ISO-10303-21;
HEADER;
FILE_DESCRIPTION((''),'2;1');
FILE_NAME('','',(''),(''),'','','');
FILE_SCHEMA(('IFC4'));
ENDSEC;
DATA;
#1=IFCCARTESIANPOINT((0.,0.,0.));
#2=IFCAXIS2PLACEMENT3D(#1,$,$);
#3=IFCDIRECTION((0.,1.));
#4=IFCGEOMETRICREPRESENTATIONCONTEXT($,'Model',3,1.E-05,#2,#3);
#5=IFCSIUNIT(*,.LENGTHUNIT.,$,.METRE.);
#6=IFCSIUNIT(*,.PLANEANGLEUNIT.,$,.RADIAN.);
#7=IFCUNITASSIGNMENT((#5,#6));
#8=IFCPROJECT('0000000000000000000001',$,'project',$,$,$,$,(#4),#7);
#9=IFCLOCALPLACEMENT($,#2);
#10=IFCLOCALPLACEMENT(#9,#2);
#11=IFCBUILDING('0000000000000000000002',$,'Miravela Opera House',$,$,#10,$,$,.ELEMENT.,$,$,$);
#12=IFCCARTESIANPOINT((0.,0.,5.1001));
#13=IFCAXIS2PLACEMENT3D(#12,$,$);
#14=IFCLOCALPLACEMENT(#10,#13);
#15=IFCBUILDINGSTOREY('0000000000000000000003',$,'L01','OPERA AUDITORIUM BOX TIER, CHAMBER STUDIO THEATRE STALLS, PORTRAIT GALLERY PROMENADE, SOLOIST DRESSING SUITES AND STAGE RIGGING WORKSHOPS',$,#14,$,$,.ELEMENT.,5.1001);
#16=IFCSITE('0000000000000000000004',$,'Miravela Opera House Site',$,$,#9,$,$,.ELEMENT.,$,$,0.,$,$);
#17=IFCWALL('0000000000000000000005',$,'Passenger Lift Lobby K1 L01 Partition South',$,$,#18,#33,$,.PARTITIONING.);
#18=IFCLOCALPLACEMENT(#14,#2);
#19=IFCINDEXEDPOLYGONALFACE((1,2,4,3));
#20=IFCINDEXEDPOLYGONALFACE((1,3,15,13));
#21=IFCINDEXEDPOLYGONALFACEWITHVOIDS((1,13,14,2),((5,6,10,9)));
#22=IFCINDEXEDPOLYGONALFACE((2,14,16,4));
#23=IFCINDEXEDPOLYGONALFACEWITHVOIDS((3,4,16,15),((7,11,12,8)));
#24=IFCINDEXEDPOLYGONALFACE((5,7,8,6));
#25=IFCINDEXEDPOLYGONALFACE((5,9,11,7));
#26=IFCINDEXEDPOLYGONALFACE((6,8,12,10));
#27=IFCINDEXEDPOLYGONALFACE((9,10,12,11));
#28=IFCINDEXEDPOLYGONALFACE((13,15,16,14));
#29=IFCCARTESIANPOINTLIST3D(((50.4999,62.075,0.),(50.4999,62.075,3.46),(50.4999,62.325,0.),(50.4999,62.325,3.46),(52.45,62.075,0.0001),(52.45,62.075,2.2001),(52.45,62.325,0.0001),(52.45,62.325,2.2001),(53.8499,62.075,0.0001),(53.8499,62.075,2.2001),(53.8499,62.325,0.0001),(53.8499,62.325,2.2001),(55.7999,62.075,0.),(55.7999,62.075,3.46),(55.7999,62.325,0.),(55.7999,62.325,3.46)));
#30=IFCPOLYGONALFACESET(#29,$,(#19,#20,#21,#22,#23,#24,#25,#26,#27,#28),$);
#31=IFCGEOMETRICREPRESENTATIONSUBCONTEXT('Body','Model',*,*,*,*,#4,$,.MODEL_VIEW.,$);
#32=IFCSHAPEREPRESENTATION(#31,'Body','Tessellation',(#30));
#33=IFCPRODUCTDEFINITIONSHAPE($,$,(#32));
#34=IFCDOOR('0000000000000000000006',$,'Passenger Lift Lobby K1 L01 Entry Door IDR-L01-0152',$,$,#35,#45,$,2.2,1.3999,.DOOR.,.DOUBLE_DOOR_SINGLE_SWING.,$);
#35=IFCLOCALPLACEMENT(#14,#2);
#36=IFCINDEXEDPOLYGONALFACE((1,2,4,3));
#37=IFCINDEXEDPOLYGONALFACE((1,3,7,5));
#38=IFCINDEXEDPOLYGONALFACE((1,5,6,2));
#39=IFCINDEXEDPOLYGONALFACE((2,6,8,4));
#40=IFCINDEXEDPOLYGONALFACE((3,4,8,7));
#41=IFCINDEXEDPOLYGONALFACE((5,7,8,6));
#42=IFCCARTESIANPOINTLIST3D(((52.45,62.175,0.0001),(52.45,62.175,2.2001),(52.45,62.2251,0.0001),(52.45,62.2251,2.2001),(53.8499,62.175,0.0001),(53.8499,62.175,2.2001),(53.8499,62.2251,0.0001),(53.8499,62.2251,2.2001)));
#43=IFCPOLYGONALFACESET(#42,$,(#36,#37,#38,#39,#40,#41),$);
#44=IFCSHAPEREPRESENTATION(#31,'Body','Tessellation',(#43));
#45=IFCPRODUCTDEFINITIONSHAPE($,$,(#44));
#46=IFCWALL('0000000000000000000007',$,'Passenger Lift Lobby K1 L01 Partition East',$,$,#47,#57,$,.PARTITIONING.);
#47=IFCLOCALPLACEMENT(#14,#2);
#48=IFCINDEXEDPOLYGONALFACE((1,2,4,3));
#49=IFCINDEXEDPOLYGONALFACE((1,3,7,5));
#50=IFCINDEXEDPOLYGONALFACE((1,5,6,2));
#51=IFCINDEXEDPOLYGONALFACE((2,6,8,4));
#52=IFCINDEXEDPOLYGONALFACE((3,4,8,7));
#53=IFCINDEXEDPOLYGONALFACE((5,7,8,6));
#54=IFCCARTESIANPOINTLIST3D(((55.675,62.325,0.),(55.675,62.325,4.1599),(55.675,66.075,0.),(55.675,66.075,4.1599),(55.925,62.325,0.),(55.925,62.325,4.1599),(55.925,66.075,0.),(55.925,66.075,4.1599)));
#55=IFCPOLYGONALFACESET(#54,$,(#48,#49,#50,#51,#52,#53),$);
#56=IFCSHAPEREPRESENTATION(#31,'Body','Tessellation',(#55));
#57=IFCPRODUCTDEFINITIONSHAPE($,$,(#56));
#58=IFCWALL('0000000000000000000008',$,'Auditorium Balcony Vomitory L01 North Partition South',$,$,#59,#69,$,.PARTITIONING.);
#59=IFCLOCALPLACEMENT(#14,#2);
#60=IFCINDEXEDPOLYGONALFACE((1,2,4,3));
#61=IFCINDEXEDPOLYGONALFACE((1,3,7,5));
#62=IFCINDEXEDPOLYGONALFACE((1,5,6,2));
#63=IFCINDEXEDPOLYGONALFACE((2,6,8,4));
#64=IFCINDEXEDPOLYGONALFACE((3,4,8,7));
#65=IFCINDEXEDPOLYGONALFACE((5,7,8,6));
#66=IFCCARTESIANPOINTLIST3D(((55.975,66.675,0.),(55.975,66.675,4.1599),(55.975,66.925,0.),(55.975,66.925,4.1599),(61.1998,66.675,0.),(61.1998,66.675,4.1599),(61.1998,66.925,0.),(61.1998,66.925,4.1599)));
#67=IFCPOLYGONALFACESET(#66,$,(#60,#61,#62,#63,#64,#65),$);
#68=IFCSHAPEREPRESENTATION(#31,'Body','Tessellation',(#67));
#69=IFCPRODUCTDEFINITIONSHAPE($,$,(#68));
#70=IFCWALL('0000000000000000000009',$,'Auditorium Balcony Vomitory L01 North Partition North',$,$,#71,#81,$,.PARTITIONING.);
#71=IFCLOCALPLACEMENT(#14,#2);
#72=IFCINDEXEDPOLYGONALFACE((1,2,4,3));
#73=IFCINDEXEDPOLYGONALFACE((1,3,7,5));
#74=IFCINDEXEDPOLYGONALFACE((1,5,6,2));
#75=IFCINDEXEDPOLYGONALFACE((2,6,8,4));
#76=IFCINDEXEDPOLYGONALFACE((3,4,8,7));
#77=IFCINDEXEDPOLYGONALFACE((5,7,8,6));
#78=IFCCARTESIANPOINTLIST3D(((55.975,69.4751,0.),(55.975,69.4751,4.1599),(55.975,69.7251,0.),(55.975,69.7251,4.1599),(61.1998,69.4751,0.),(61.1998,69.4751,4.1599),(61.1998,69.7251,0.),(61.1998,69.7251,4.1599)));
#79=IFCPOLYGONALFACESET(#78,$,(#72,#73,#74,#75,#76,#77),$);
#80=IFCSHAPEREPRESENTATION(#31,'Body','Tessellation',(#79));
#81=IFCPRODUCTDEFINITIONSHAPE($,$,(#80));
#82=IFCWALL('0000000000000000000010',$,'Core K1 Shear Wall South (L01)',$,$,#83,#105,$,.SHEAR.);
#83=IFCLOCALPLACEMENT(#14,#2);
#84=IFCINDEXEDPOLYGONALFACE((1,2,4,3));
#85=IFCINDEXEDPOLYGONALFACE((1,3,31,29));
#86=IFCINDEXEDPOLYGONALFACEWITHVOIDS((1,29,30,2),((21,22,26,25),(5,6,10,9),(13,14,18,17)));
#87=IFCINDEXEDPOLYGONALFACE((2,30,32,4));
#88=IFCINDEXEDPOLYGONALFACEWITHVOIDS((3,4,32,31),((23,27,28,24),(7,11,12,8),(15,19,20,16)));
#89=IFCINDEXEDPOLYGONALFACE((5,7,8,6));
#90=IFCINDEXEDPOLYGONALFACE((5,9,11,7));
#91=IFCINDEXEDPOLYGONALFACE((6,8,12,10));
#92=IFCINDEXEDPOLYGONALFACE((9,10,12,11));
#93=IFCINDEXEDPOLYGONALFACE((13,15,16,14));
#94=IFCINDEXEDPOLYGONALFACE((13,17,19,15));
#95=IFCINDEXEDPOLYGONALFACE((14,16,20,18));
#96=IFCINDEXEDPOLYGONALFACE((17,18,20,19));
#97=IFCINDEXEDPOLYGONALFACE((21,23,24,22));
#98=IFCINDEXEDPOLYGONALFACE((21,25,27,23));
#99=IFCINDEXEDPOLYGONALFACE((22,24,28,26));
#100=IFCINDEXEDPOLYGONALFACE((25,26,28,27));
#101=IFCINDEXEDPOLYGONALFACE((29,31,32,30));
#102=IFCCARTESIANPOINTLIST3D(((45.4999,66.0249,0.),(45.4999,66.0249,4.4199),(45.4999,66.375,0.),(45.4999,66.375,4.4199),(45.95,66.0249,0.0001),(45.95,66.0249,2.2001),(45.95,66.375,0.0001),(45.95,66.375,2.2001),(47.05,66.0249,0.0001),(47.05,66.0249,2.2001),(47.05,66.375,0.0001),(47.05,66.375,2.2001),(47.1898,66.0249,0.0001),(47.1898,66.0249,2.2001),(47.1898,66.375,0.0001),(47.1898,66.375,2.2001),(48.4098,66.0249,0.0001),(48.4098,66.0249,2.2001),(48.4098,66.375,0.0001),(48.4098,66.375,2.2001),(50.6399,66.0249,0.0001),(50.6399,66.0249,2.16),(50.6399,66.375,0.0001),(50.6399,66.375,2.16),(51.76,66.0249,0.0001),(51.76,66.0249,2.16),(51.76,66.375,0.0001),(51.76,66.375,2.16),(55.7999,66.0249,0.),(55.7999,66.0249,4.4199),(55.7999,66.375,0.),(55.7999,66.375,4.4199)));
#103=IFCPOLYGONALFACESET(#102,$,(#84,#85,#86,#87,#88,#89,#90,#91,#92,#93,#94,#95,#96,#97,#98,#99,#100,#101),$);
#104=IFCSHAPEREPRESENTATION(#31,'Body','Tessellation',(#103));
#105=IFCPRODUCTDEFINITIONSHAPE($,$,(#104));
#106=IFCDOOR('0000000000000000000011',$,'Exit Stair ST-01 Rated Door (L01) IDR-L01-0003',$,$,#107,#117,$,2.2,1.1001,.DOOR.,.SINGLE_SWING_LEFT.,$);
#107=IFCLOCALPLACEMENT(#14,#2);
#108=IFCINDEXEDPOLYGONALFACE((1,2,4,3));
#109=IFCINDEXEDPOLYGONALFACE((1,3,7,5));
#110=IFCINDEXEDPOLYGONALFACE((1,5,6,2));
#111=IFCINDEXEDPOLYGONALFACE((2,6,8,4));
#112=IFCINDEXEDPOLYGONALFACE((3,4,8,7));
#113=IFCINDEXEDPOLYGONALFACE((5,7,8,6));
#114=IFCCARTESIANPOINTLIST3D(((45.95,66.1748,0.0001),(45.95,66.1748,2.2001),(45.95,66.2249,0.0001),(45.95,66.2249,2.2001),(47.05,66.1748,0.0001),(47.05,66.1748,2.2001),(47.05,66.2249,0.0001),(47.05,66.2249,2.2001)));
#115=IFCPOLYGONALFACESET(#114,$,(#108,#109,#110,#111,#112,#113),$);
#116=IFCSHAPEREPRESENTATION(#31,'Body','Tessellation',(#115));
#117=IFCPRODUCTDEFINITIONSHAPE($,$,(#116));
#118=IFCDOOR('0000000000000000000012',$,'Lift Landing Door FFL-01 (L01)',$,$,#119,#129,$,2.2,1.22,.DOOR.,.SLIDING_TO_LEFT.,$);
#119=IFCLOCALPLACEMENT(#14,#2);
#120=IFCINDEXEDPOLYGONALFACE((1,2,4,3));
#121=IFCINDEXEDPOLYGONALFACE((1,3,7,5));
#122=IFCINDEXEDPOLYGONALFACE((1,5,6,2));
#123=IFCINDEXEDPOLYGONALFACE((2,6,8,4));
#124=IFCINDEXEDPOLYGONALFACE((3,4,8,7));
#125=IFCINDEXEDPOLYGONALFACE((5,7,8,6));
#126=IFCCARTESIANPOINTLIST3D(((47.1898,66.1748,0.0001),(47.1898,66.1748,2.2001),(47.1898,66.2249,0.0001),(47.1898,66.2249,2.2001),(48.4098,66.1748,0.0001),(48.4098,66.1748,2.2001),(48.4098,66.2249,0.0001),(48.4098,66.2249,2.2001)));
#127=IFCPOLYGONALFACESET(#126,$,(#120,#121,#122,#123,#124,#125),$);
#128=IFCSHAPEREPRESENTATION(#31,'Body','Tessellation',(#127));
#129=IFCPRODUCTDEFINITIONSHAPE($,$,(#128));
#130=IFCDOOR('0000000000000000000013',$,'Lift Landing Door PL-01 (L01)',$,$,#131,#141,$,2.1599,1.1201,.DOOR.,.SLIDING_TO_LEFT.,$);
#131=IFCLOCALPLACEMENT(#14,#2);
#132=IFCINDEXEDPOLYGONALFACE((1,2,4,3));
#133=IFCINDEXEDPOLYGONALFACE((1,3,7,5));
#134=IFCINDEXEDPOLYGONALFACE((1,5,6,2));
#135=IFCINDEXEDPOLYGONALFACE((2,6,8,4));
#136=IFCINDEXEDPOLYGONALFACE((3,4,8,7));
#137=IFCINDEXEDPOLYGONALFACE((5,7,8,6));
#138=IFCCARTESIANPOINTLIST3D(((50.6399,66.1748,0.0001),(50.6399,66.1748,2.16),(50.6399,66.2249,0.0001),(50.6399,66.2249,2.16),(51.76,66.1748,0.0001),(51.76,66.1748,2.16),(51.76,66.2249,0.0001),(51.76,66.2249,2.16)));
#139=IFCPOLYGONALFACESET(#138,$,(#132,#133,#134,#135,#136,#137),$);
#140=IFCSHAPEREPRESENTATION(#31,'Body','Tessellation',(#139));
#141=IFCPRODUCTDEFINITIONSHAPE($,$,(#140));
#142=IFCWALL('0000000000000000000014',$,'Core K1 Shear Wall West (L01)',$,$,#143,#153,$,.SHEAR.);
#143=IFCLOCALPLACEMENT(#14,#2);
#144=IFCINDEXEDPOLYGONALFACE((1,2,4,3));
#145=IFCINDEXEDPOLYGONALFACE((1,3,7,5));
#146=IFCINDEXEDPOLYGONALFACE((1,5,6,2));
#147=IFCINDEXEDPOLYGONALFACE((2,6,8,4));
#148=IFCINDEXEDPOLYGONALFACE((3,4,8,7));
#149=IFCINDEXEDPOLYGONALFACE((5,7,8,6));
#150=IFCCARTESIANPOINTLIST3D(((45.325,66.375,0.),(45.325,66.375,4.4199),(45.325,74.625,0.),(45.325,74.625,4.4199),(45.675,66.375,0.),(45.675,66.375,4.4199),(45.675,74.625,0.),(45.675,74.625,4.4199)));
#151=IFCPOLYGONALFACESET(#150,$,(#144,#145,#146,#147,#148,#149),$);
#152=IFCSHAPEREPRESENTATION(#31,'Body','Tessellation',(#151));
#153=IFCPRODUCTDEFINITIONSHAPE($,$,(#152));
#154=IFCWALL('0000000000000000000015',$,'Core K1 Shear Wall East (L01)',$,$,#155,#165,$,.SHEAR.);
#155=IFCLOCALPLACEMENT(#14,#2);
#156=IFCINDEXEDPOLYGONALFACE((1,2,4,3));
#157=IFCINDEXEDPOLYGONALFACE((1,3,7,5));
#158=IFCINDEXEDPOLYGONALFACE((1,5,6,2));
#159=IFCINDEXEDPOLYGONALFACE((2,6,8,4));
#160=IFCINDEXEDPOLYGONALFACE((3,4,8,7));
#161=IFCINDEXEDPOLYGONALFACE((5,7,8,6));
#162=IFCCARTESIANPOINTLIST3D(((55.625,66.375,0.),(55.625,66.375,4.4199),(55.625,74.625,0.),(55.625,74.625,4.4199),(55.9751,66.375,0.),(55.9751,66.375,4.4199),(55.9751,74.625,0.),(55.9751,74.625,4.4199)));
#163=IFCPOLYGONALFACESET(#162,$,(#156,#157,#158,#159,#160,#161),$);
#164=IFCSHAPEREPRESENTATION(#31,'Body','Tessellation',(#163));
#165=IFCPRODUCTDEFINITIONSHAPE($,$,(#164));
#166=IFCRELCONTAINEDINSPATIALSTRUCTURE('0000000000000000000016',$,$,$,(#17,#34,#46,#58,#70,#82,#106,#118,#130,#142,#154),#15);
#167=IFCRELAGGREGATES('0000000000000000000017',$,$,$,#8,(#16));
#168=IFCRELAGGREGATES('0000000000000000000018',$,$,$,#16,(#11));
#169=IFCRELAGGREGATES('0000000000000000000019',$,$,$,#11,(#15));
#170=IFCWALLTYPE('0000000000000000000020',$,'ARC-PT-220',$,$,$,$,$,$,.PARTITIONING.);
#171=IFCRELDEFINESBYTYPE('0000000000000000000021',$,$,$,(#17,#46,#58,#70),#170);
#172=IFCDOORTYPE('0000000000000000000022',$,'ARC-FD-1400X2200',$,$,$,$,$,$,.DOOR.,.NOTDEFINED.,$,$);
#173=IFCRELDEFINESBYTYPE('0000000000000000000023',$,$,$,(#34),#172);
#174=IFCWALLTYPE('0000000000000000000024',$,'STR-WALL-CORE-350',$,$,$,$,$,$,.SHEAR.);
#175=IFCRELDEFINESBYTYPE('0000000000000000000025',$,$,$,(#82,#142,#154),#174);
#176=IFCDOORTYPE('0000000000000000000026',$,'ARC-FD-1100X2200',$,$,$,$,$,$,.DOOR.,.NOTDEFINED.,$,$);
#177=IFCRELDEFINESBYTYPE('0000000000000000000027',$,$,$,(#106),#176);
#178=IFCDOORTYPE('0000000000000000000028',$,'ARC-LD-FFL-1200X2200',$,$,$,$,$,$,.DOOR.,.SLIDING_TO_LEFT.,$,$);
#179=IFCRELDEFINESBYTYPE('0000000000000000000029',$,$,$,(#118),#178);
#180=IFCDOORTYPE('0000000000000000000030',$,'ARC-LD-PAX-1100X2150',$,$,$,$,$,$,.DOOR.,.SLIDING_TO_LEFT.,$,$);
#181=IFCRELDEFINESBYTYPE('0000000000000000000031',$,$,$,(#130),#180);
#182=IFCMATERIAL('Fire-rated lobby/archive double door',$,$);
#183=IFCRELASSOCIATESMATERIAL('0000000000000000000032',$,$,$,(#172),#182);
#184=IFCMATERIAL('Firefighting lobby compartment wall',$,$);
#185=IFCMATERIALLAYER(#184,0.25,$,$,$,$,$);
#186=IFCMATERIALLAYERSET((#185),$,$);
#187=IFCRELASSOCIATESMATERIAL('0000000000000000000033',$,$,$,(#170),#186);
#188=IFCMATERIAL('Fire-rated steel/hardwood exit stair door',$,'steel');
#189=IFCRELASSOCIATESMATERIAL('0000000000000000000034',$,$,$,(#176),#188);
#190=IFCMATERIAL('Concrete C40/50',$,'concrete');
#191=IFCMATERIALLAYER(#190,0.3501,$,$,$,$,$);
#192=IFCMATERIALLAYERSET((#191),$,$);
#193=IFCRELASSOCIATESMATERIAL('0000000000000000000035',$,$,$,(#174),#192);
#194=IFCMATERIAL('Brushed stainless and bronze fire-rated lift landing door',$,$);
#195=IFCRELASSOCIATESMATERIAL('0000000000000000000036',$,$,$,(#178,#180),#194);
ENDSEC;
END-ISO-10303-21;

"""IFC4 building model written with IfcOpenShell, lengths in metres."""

from ifc_helpers import new_model, si_unit, direction, frame, frame_2d, origin, place, context, subcontext, project, spatial, rectangle, extrude, material, layer, layer_set, type_object, element, fill, save


model = new_model("IFC4")

# Units and contexts
model_context = context("Model", 3, precision=1e-05, world=origin(), true_north=direction((0.0, 1.0)))
body_context = subcontext(model_context, "Body", "Model", "MODEL_VIEW")
ifc_project = project(units=[si_unit("LENGTHUNIT", "METRE"), si_unit("PLANEANGLEUNIT", "RADIAN")], contexts=[model_context])

# Site, building, storey
site_placement = place(None, origin())
site = spatial("IfcSite", under=ifc_project, at=site_placement, Name="Miravela Opera House Site", CompositionType="ELEMENT", RefElevation=0.0)
building_placement = place(site_placement, origin())
building = spatial("IfcBuilding", under=site, at=building_placement, Name="Miravela Opera House", CompositionType="ELEMENT")
storey_placement = place(building_placement, frame((0.0, 0.0, 5.1001)))
storey = spatial("IfcBuildingStorey", under=building, at=storey_placement, Name="L01", Description="OPERA AUDITORIUM BOX TIER, CHAMBER STUDIO THEATRE STALLS, PORTRAIT GALLERY PROMENADE, SOLOIST DRESSING SUITES AND STAGE RIGGING WORKSHOPS", CompositionType="ELEMENT", Elevation=5.1001)

# Shared definitions
ifc_material_1 = material(Name="Concrete C40/50", Category="concrete")

# Shared definitions
ifc_material_2 = material(Name="Fire-rated lobby/archive double door")
door_type_1 = type_object("IfcDoorType", Name="ARC-FD-1400X2200", OperationType="NOTDEFINED", PredefinedType="DOOR", material=ifc_material_2)

# Shared definitions
ifc_material_3 = material(Name="Firefighting lobby compartment wall")
ifc_layer_1 = layer(ifc_material_3, 0.25)
ifc_layer_set_1 = layer_set([ifc_layer_1])
wall_type_1 = type_object("IfcWallType", Name="ARC-PT-220", PredefinedType="PARTITIONING", material=ifc_layer_set_1)
ifc_material_4 = material(Name="Fire-rated steel/hardwood exit stair door", Category="steel")
door_type_2 = type_object("IfcDoorType", Name="ARC-FD-1100X2200", OperationType="NOTDEFINED", PredefinedType="DOOR", material=ifc_material_4)

# Wall, opening, door
wall_1_placement = place(storey_placement, frame((50.5, 62.2, 0.0), z_axis=(0.0, 0.0, 1.0), x_axis=(1.0, 0.0, 0.0)))
wall_1 = element("IfcWall", 1, at=wall_1_placement, inside=storey, type_object=wall_type_1, Name="Passenger Lift Lobby K1 L01 Partition South", PredefinedType="PARTITIONING", context=body_context, shape_type="SweptSolid", body=[
    extrude(rectangle(XDim=5.3, YDim=0.25, at=frame_2d((2.6499, 0.0))), origin(), (0.0, 0.0, 1.0), 3.46),
])
opening_1_placement = place(wall_1_placement, frame((1.95, 0.0, 0.0)))
opening_1 = element("IfcOpeningElement", 2, at=opening_1_placement, cuts=wall_1, PredefinedType="OPENING", context=body_context, shape_type="SweptSolid", body=[
    extrude(rectangle(XDim=1.3999, YDim=2.2, at=frame_2d((0.7, 1.1001))), frame((0.0, 0.135, 0.0), z_axis=(0.0, -1.0, 0.0), x_axis=(1.0, 0.0, 0.0)), (0.0, 0.0, 1.0), 0.27),
])
door_1_placement = place(opening_1_placement, frame((1.3999, 0.0, 0.0), z_axis=(0.0, 0.0, 1.0), x_axis=(-1.0, 0.0, 0.0)))
door_1 = element("IfcDoor", 3, at=door_1_placement, inside=storey, type_object=door_type_1, Name="Passenger Lift Lobby K1 L01 Entry Door IDR-L01-0152", OperationType="DOUBLE_DOOR_SINGLE_SWING", OverallHeight=2.2, OverallWidth=1.3999, PredefinedType="DOOR", context=body_context, shape_type="SweptSolid", body=[
    extrude(rectangle(XDim=1.3999, YDim=2.2, at=frame_2d((0.7, 1.1001))), frame((0.0, 0.0249, 0.0), z_axis=(0.0, -1.0, 0.0), x_axis=(1.0, 0.0, 0.0)), (0.0, 0.0, 1.0), 0.05),
])
fill(opening_1, door_1)

# Walls
wall_2_placement = place(storey_placement, frame((55.8, 62.325, 0.0), z_axis=(0.0, 0.0, 1.0), x_axis=(0.0, 1.0, 0.0)))
element("IfcWall", 4, at=wall_2_placement, inside=storey, type_object=wall_type_1, Name="Passenger Lift Lobby K1 L01 Partition East", PredefinedType="PARTITIONING", context=body_context, shape_type="SweptSolid", body=[
    extrude(rectangle(XDim=3.75, YDim=0.25, at=frame_2d((1.875, 0.0))), origin(), (0.0, 0.0, 1.0), 4.1599),
])
for number, where, z_axis, x_axis, name in (
    (5, (55.9751, 66.8, 0.0), (0.0, 0.0, 1.0), (1.0, 0.0, 0.0), "Auditorium Balcony Vomitory L01 North Partition South"),
    (6, (55.9751, 69.6001, 0.0), (0.0, 0.0, 1.0), (1.0, 0.0, 0.0), "Auditorium Balcony Vomitory L01 North Partition North"),
):
    element("IfcWall", number, at=place(storey_placement, frame(where, z_axis=z_axis, x_axis=x_axis)), inside=storey, type_object=wall_type_1, Name=name, PredefinedType="PARTITIONING", context=body_context, shape_type="SweptSolid", body=[
        extrude(rectangle(XDim=5.2249, YDim=0.25, at=frame_2d((2.6123, 0.0))), origin(), (0.0, 0.0, 1.0), 4.1599),
    ])

# Wall, openings, doors
ifc_layer_2 = layer(ifc_material_1, 0.3501)
ifc_layer_set_2 = layer_set([ifc_layer_2])
wall_type_2 = type_object("IfcWallType", Name="STR-WALL-CORE-350", PredefinedType="SHEAR", material=ifc_layer_set_2)
wall_3_placement = place(storey_placement, frame((45.5, 66.2, 0.0), z_axis=(0.0, 0.0, 1.0), x_axis=(1.0, 0.0, 0.0)))
wall_3 = element("IfcWall", 7, at=wall_3_placement, inside=storey, type_object=wall_type_2, Name="Core K1 Shear Wall South (L01)", PredefinedType="SHEAR", context=body_context, shape_type="SweptSolid", body=[
    extrude(rectangle(XDim=10.3, YDim=0.3501, at=frame_2d((5.1499, 0.0))), origin(), (0.0, 0.0, 1.0), 4.4199),
])
opening_2_placement = place(wall_3_placement, frame((0.45, 0.0, 0.0)))
opening_2 = element("IfcOpeningElement", 8, at=opening_2_placement, cuts=wall_3, PredefinedType="OPENING", context=body_context, shape_type="SweptSolid", body=[
    extrude(rectangle(XDim=1.1001, YDim=2.2, at=frame_2d((0.55, 1.1001))), frame((0.0, 0.1851, 0.0), z_axis=(0.0, -1.0, 0.0), x_axis=(1.0, 0.0, 0.0)), (0.0, 0.0, 1.0), 0.3701),
])
opening_3_placement = place(wall_3_placement, frame((1.6899, 0.0, 0.0)))
opening_3 = element("IfcOpeningElement", 9, at=opening_3_placement, cuts=wall_3, PredefinedType="OPENING", context=body_context, shape_type="SweptSolid", body=[
    extrude(rectangle(XDim=1.22, YDim=2.2, at=frame_2d((0.6099, 1.1001))), frame((0.0, 0.1851, 0.0), z_axis=(0.0, -1.0, 0.0), x_axis=(1.0, 0.0, 0.0)), (0.0, 0.0, 1.0), 0.3701),
])
opening_4_placement = place(wall_3_placement, frame((5.1399, 0.0, 0.0)))
opening_4 = element("IfcOpeningElement", 10, at=opening_4_placement, cuts=wall_3, PredefinedType="OPENING", context=body_context, shape_type="SweptSolid", body=[
    extrude(rectangle(XDim=1.1201, YDim=2.1599, at=frame_2d((0.5601, 1.0801))), frame((0.0, 0.1851, 0.0), z_axis=(0.0, -1.0, 0.0), x_axis=(1.0, 0.0, 0.0)), (0.0, 0.0, 1.0), 0.3701),
])
door_2_placement = place(opening_2_placement, origin())
door_2 = element("IfcDoor", 11, at=door_2_placement, inside=storey, type_object=door_type_2, Name="Exit Stair ST-01 Rated Door (L01) IDR-L01-0003", OperationType="SINGLE_SWING_LEFT", OverallHeight=2.2, OverallWidth=1.1001, PredefinedType="DOOR", context=body_context, shape_type="SweptSolid", body=[
    extrude(rectangle(XDim=1.1001, YDim=2.2, at=frame_2d((0.55, 1.1001))), frame((0.0, 0.0249, 0.0), z_axis=(0.0, -1.0, 0.0), x_axis=(1.0, 0.0, 0.0)), (0.0, 0.0, 1.0), 0.05),
])
fill(opening_2, door_2)
ifc_material_5 = material(Name="Brushed stainless and bronze fire-rated lift landing door")
door_type_3 = type_object("IfcDoorType", Name="ARC-LD-FFL-1200X2200", OperationType="SLIDING_TO_LEFT", PredefinedType="DOOR", material=ifc_material_5)
door_3_placement = place(opening_3_placement, origin())
door_3 = element("IfcDoor", 12, at=door_3_placement, inside=storey, type_object=door_type_3, Name="Lift Landing Door FFL-01 (L01)", OperationType="SLIDING_TO_LEFT", OverallHeight=2.2, OverallWidth=1.22, PredefinedType="DOOR", context=body_context, shape_type="SweptSolid", body=[
    extrude(rectangle(XDim=1.22, YDim=2.2, at=frame_2d((0.6099, 1.1001))), frame((0.0, 0.0249, 0.0), z_axis=(0.0, -1.0, 0.0), x_axis=(1.0, 0.0, 0.0)), (0.0, 0.0, 1.0), 0.05),
])
fill(opening_3, door_3)
door_type_4 = type_object("IfcDoorType", Name="ARC-LD-PAX-1100X2150", OperationType="SLIDING_TO_LEFT", PredefinedType="DOOR", material=ifc_material_5)
door_4_placement = place(opening_4_placement, origin())
door_4 = element("IfcDoor", 13, at=door_4_placement, inside=storey, type_object=door_type_4, Name="Lift Landing Door PL-01 (L01)", OperationType="SLIDING_TO_LEFT", OverallHeight=2.1599, OverallWidth=1.1201, PredefinedType="DOOR", context=body_context, shape_type="SweptSolid", body=[
    extrude(rectangle(XDim=1.1201, YDim=2.1599, at=frame_2d((0.5601, 1.0801))), frame((0.0, 0.0249, 0.0), z_axis=(0.0, -1.0, 0.0), x_axis=(1.0, 0.0, 0.0)), (0.0, 0.0, 1.0), 0.05),
])
fill(opening_4, door_4)

# Walls
for number, where, z_axis, x_axis, name in (
    (14, (45.5, 66.375, 0.0), (0.0, 0.0, 1.0), (0.0, 1.0, 0.0), "Core K1 Shear Wall West (L01)"),
    (15, (55.8, 66.375, 0.0), (0.0, 0.0, 1.0), (0.0, 1.0, 0.0), "Core K1 Shear Wall East (L01)"),
):
    element("IfcWall", number, at=place(storey_placement, frame(where, z_axis=z_axis, x_axis=x_axis)), inside=storey, type_object=wall_type_2, Name=name, PredefinedType="SHEAR", context=body_context, shape_type="SweptSolid", body=[
        extrude(rectangle(XDim=8.25, YDim=0.3501, at=frame_2d((4.125, 0.0))), origin(), (0.0, 0.0, 1.0), 4.4199),
    ])

save(model, "model.ifc")
